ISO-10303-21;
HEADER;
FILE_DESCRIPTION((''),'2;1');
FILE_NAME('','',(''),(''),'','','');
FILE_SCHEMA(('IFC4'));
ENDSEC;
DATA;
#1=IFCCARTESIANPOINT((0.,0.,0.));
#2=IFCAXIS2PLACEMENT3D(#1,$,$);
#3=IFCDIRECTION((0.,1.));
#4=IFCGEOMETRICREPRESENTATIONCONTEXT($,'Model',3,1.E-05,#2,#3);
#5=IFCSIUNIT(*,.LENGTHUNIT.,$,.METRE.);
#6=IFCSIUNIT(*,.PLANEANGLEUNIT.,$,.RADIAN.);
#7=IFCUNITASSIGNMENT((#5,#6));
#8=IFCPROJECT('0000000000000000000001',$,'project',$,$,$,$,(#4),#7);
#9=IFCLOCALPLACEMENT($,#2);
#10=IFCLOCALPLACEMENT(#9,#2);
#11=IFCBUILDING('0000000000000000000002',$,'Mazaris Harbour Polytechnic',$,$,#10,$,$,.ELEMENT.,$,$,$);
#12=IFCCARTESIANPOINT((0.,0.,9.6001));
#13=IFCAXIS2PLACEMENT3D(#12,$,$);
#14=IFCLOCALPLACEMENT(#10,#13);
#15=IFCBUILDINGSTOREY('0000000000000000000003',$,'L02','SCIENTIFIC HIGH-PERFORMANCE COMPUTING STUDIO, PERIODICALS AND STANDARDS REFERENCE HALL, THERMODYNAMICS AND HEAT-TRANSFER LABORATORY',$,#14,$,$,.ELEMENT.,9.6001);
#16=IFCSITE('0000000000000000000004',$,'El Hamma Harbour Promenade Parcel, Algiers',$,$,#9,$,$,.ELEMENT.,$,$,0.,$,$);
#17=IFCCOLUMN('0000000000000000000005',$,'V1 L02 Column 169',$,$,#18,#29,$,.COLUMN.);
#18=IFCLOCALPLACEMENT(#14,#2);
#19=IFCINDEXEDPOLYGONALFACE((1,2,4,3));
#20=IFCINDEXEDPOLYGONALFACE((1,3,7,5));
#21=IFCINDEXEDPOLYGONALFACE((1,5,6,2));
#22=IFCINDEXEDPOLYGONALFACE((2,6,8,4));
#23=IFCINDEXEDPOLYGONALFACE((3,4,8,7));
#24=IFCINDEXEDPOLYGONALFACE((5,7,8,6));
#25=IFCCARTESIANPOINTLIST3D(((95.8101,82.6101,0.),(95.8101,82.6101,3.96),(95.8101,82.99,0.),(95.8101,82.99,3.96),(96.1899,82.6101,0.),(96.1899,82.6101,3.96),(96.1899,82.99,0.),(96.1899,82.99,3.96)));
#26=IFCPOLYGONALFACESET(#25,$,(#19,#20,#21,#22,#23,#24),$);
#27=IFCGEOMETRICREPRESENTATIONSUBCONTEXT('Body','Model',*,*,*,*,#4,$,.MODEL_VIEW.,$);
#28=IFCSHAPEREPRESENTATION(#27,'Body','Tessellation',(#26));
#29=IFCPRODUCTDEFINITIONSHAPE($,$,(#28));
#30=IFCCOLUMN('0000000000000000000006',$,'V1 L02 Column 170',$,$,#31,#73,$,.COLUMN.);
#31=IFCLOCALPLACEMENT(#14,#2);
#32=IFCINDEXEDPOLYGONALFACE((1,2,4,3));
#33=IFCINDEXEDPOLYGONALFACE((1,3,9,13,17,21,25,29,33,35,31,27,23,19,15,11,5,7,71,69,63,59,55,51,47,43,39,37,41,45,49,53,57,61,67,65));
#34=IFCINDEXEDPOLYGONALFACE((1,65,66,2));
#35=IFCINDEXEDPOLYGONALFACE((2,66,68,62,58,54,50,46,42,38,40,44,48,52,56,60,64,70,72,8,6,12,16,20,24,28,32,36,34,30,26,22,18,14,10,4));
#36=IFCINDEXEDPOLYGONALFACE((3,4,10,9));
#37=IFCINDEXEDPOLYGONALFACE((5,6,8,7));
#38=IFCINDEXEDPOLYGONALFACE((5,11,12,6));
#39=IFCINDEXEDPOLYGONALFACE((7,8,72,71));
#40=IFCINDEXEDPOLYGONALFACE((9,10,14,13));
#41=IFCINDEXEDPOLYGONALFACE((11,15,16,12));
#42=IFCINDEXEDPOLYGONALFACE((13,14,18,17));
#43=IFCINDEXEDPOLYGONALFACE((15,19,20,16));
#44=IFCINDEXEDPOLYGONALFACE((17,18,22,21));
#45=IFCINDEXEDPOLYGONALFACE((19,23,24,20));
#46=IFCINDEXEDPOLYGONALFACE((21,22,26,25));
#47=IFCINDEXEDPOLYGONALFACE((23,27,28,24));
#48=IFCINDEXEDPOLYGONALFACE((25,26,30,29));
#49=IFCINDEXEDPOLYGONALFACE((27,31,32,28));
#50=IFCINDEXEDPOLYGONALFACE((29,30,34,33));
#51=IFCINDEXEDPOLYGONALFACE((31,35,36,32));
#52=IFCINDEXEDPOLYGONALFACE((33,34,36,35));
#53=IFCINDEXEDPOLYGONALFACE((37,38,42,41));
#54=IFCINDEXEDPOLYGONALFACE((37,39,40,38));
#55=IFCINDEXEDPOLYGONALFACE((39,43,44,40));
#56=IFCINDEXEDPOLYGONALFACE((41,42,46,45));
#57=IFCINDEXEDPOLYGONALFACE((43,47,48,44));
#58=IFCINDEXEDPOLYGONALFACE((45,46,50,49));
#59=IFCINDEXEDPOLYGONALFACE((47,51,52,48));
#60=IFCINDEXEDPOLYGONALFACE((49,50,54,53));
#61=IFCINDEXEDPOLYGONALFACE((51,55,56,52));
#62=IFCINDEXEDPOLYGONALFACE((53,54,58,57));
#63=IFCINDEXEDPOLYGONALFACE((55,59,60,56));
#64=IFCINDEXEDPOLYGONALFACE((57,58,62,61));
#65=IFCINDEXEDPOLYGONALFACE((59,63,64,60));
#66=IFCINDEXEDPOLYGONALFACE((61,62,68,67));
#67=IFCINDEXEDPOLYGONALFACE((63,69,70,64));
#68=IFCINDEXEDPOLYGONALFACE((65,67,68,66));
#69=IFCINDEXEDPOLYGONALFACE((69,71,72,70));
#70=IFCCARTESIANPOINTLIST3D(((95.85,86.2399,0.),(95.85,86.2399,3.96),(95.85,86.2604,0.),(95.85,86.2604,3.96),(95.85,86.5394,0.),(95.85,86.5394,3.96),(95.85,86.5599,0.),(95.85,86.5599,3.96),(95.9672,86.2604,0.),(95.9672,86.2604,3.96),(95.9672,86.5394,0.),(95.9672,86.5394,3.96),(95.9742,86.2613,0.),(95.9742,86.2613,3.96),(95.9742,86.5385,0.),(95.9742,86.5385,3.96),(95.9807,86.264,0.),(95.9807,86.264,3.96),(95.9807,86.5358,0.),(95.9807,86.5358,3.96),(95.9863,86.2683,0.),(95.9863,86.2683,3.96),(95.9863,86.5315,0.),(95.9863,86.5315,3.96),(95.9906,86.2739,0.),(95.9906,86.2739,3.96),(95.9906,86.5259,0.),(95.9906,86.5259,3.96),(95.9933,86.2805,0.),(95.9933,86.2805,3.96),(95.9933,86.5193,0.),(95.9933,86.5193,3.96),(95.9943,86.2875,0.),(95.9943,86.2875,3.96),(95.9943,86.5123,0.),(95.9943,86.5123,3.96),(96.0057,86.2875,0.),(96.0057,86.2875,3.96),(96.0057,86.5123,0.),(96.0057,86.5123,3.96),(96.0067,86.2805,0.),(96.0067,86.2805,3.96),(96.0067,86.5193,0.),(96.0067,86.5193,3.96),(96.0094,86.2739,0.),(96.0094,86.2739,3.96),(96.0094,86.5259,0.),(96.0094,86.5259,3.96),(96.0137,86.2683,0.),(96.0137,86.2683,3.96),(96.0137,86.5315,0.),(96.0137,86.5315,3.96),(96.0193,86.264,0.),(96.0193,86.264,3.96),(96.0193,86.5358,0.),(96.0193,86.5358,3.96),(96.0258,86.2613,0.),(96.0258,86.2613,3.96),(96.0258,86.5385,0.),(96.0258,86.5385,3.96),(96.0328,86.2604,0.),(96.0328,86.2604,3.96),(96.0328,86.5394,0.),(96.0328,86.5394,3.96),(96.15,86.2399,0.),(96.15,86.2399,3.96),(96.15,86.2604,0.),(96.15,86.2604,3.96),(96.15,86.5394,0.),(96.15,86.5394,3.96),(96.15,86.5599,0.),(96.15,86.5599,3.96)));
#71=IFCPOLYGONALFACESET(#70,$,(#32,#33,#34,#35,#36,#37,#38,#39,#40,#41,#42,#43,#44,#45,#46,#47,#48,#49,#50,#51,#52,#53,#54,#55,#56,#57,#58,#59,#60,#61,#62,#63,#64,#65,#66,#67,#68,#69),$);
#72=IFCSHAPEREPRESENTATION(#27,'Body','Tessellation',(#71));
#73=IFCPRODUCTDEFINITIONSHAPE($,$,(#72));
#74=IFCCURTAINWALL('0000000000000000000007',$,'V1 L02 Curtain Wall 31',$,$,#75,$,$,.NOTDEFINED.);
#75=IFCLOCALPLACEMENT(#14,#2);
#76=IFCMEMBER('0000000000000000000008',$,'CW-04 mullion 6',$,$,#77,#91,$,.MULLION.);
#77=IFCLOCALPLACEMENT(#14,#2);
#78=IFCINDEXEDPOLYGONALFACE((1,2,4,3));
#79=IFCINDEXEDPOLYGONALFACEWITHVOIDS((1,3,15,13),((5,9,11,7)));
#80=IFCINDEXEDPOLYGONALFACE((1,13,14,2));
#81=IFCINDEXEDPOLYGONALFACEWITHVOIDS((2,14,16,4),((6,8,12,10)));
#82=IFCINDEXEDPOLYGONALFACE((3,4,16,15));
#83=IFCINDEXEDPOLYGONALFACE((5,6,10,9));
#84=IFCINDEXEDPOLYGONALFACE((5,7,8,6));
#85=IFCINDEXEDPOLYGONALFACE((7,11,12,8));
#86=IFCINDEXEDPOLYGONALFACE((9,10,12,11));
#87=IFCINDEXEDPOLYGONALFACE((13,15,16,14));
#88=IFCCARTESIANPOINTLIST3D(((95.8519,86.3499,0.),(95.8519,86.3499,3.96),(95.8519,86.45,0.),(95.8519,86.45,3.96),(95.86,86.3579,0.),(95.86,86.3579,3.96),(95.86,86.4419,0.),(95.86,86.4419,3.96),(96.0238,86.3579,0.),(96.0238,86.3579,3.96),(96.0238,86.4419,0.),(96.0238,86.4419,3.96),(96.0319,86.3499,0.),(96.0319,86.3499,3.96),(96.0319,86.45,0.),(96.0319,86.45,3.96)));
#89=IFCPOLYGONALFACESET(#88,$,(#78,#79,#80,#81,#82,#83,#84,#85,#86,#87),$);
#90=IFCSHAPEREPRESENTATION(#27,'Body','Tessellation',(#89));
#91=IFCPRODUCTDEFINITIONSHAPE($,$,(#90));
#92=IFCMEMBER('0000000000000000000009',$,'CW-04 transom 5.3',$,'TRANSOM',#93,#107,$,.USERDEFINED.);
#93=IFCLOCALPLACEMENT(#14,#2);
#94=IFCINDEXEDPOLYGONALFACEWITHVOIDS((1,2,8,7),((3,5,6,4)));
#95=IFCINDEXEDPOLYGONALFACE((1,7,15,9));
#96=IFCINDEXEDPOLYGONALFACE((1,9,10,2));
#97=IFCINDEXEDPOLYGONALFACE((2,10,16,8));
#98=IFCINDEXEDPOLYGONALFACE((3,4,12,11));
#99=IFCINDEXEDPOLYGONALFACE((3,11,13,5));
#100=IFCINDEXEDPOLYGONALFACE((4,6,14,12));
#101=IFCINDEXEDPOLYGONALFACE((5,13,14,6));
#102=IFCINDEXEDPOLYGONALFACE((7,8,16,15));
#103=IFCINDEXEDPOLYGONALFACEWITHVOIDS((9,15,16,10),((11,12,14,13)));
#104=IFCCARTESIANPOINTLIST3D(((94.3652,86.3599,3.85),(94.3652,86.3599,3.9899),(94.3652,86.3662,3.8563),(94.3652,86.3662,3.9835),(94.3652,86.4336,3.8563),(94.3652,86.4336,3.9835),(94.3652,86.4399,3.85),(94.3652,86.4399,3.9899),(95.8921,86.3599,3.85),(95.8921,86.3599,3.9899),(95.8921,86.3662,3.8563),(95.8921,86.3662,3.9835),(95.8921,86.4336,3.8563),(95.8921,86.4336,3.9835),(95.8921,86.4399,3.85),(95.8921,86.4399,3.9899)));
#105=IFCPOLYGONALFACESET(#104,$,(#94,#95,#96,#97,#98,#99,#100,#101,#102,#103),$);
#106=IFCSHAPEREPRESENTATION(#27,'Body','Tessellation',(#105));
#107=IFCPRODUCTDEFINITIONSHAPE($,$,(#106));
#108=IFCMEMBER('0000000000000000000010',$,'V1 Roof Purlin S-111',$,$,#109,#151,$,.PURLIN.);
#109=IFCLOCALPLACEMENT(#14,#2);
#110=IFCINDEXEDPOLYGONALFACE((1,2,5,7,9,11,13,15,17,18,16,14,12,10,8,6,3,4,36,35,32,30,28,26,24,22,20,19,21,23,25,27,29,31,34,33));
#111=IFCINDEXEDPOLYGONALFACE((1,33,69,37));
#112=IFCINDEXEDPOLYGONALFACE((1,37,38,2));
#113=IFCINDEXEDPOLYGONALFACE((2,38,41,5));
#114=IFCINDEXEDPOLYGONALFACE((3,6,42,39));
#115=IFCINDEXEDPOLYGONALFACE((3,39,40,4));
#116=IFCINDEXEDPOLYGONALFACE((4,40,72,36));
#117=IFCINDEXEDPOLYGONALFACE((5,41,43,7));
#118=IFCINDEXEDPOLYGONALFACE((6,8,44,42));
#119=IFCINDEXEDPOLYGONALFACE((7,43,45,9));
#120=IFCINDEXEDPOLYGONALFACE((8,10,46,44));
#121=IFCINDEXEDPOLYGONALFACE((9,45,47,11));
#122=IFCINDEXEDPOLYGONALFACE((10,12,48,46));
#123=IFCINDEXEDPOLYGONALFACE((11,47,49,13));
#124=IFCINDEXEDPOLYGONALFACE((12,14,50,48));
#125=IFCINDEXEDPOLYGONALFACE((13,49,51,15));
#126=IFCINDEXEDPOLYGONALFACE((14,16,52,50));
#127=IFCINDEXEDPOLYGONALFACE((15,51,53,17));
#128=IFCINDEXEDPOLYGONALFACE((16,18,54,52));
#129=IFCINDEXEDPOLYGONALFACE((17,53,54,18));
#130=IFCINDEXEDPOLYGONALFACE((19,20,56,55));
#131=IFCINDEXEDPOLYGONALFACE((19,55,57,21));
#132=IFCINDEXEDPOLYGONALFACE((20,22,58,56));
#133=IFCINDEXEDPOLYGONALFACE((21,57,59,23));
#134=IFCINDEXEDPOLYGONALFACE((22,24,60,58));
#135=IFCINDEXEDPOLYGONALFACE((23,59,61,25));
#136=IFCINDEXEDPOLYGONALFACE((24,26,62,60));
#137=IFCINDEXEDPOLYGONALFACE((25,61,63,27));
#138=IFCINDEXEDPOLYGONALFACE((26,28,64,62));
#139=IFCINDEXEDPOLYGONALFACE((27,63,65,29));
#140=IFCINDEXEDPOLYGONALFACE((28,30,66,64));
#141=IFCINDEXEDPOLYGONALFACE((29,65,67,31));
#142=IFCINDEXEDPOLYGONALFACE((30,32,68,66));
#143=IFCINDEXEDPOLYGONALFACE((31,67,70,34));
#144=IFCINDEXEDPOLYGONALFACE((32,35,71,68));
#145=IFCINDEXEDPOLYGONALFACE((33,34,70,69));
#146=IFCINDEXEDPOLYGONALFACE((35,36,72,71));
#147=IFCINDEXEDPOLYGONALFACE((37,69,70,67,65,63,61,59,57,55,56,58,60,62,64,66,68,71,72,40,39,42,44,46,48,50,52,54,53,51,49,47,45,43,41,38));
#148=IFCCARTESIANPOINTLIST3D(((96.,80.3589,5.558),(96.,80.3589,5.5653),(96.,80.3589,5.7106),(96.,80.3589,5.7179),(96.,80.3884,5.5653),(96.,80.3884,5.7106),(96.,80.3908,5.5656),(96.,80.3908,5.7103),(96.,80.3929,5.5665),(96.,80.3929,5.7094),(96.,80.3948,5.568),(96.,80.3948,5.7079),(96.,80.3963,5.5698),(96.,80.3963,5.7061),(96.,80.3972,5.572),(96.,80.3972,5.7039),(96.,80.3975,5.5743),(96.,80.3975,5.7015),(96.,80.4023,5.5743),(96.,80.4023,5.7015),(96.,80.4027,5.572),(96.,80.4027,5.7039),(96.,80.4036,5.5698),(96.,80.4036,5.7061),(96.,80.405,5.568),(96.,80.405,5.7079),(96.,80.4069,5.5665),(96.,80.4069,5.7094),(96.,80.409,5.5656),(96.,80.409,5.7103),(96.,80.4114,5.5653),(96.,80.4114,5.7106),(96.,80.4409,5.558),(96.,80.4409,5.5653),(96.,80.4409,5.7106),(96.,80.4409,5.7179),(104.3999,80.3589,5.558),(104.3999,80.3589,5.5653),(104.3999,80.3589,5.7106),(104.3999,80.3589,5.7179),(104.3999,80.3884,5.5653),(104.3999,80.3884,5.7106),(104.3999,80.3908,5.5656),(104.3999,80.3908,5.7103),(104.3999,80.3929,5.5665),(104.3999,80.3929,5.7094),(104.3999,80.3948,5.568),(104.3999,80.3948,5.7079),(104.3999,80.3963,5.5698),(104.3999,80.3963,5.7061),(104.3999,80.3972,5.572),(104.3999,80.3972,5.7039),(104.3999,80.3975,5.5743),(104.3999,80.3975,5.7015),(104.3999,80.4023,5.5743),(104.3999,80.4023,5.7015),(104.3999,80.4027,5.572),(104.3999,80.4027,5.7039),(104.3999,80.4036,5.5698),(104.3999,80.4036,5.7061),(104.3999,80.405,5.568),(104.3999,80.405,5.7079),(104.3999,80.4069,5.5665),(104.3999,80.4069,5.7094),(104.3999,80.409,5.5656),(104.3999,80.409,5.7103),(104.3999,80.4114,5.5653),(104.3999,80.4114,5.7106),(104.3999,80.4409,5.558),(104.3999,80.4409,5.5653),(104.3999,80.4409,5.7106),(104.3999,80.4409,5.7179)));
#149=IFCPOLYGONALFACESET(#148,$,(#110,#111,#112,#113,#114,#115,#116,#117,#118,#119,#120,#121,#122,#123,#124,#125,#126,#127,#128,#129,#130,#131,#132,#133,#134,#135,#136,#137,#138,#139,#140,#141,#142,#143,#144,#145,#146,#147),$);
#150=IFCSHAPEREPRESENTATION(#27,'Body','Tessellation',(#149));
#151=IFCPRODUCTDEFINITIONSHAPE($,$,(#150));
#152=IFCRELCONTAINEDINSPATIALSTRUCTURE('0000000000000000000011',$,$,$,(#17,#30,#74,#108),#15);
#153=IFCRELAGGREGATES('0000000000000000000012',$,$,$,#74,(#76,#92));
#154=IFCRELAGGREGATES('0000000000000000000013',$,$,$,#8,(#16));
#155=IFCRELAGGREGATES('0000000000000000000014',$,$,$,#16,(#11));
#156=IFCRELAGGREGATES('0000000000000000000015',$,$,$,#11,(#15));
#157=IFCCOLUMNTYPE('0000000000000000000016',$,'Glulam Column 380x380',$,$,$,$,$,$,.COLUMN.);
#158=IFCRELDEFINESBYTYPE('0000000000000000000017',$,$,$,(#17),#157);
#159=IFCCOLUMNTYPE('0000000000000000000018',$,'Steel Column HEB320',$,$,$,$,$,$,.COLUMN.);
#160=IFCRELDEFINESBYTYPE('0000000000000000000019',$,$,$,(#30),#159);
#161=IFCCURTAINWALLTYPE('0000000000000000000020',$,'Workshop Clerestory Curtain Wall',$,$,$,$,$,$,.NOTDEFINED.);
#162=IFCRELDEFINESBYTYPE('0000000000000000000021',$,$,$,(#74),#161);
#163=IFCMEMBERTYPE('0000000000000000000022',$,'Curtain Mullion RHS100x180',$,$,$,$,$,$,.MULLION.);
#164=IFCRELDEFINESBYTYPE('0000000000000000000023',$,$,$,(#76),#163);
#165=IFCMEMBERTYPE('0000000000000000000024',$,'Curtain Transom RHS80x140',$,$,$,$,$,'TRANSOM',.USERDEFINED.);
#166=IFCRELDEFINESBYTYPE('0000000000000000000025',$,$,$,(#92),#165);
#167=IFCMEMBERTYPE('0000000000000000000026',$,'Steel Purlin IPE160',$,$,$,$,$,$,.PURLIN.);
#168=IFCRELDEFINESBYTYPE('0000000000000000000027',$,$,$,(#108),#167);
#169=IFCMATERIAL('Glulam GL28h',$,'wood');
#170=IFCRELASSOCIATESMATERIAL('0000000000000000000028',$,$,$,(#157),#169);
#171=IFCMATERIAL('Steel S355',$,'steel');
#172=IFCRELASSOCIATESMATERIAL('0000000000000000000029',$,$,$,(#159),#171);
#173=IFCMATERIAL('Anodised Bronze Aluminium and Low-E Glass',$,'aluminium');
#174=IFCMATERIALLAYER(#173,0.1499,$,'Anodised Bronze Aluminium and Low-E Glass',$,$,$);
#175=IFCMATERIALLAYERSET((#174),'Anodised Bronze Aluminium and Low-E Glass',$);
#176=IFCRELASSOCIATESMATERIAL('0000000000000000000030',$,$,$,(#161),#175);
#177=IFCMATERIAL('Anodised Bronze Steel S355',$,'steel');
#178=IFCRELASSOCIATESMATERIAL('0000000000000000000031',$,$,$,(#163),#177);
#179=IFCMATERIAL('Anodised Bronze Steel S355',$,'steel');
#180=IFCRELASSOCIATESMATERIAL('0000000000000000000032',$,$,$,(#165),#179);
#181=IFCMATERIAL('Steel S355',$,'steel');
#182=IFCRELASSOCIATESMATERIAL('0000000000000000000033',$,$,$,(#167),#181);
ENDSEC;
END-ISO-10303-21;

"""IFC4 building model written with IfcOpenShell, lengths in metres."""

from ifc_helpers import new_model, si_unit, direction, frame, origin, origin_2d, place, context, subcontext, project, spatial, rectangle, hollow_rectangle, i_section, extrude, material, layer, layer_set, material_profile, profile_set, type_object, element, aggregate, save


model = new_model("IFC4")

# Units and contexts
model_context = context("Model", 3, precision=1e-05, world=origin(), true_north=direction((0.0, 1.0)))
body_context = subcontext(model_context, "Body", "Model", "MODEL_VIEW")
ifc_project = project(units=[si_unit("LENGTHUNIT", "METRE"), si_unit("PLANEANGLEUNIT", "RADIAN")], contexts=[model_context])

# Site, building, storey
site_placement = place(None, origin())
site = spatial("IfcSite", under=ifc_project, at=site_placement, Name="El Hamma Harbour Promenade Parcel, Algiers", CompositionType="ELEMENT", RefElevation=0.0)
building_placement = place(site_placement, origin())
building = spatial("IfcBuilding", under=site, at=building_placement, Name="Mazaris Harbour Polytechnic", CompositionType="ELEMENT")
storey_placement = place(building_placement, frame((0.0, 0.0, 9.6001)))
storey = spatial("IfcBuildingStorey", under=building, at=storey_placement, Name="L02", Description="SCIENTIFIC HIGH-PERFORMANCE COMPUTING STUDIO, PERIODICALS AND STANDARDS REFERENCE HALL, THERMODYNAMICS AND HEAT-TRANSFER LABORATORY", CompositionType="ELEMENT", Elevation=9.6001)

# Columns
ifc_material_1 = material(Name="Glulam GL28h", Category="wood")
ifc_material_profile_1 = material_profile(ifc_material_1, rectangle(XDim=0.3799, YDim=0.3799, at=origin_2d()), Name="RECT380x380")
ifc_profile_set_1 = profile_set([ifc_material_profile_1], Name="Glulam GL28h")
column_type_1 = type_object("IfcColumnType", Name="Glulam Column 380x380", PredefinedType="COLUMN", material=ifc_profile_set_1)
column_1_placement = place(storey_placement, frame((96.0, 82.8, 0.0), z_axis=(0.0, 0.0, 1.0), x_axis=(1.0, 0.0, 0.0)))
element("IfcColumn", 1, at=column_1_placement, inside=storey, type_object=column_type_1, Name="V1 L02 Column 169", PredefinedType="COLUMN", context=body_context, shape_type="SweptSolid", body=[
    extrude(rectangle(XDim=0.3799, YDim=0.3799, at=origin_2d()), origin(), (0.0, 0.0, 1.0), 3.96),
])
ifc_material_2 = material(Name="Steel S355", Category="steel")
ifc_material_profile_2 = material_profile(ifc_material_2, i_section(OverallWidth=0.3, OverallDepth=0.3201, WebThickness=0.0115, FlangeThickness=0.0205, FilletRadius=0.0271, at=origin_2d()), Name="HEB 320")
ifc_profile_set_2 = profile_set([ifc_material_profile_2], Name="Steel S355")
column_type_2 = type_object("IfcColumnType", Name="Steel Column HEB320", PredefinedType="COLUMN", material=ifc_profile_set_2)
column_2_placement = place(storey_placement, frame((96.0, 86.3999, 0.0), z_axis=(0.0, 0.0, 1.0), x_axis=(1.0, 0.0, 0.0)))
element("IfcColumn", 2, at=column_2_placement, inside=storey, type_object=column_type_2, Name="V1 L02 Column 170", PredefinedType="COLUMN", context=body_context, shape_type="SweptSolid", body=[
    extrude(i_section(OverallWidth=0.3, OverallDepth=0.3201, WebThickness=0.0115, FlangeThickness=0.0205, FilletRadius=0.0271, at=origin_2d()), origin(), (0.0, 0.0, 1.0), 3.96),
])

# Curtain wall, members
ifc_material_3 = material(Name="Anodised Bronze Aluminium and Low-E Glass", Category="aluminium")
ifc_layer_1 = layer(ifc_material_3, 0.1499, Name="Anodised Bronze Aluminium and Low-E Glass")
ifc_layer_set_1 = layer_set([ifc_layer_1], Name="Anodised Bronze Aluminium and Low-E Glass")
curtain_wall_type = type_object("IfcCurtainWallType", Name="Workshop Clerestory Curtain Wall", PredefinedType="NOTDEFINED", material=ifc_layer_set_1)
curtain_wall_placement = place(storey_placement, origin())
curtain_wall = element("IfcCurtainWall", 3, at=curtain_wall_placement, inside=storey, type_object=curtain_wall_type, Name="V1 L02 Curtain Wall 31", PredefinedType="NOTDEFINED")
ifc_material_4 = material(Name="Anodised Bronze Steel S355", Category="steel")
ifc_material_profile_3 = material_profile(ifc_material_4, hollow_rectangle(XDim=0.1001, YDim=0.1799, WallThickness=0.0081, at=origin_2d()), Name="RHS 100x180x8.0")
ifc_profile_set_3 = profile_set([ifc_material_profile_3], Name="Anodised Bronze Steel S355")
member_type_1 = type_object("IfcMemberType", Name="Curtain Mullion RHS100x180", PredefinedType="MULLION", material=ifc_profile_set_3)
member_1_placement = place(storey_placement, frame((95.9419, 86.3999, 0.0), z_axis=(0.0, 0.0, 1.0), x_axis=(0.0, 1.0, 0.0)))
member_1 = element("IfcMember", 4, at=member_1_placement, type_object=member_type_1, Name="CW-04 mullion 6", PredefinedType="MULLION", context=body_context, shape_type="SweptSolid", body=[
    extrude(hollow_rectangle(XDim=0.1001, YDim=0.1799, WallThickness=0.0081, at=origin_2d()), origin(), (0.0, 0.0, 1.0), 3.96),
])
ifc_material_5 = material(Name="Anodised Bronze Steel S355", Category="steel")
ifc_material_profile_4 = material_profile(ifc_material_5, hollow_rectangle(XDim=0.0801, YDim=0.1399, WallThickness=0.0063, at=origin_2d()), Name="RHS 80x140x6.3")
ifc_profile_set_4 = profile_set([ifc_material_profile_4], Name="Anodised Bronze Steel S355")
member_type_2 = type_object("IfcMemberType", Name="Curtain Transom RHS80x140", ElementType="TRANSOM", PredefinedType="USERDEFINED", material=ifc_profile_set_4)
member_2_placement = place(storey_placement, frame((94.3652, 86.3999, 3.9199), z_axis=(1.0, 0.0, 0.0), x_axis=(0.0, 1.0, 0.0)))
member_2 = element("IfcMember", 5, at=member_2_placement, type_object=member_type_2, Name="CW-04 transom 5.3", ObjectType="TRANSOM", PredefinedType="USERDEFINED", context=body_context, shape_type="SweptSolid", body=[
    extrude(hollow_rectangle(XDim=0.0801, YDim=0.1399, WallThickness=0.0063, at=origin_2d()), origin(), (0.0, 0.0, 1.0), 1.5269),
])

# Member
ifc_material_6 = material(Name="Steel S355", Category="steel")
ifc_material_profile_5 = material_profile(ifc_material_6, i_section(OverallWidth=0.082, OverallDepth=0.1599, WebThickness=0.0049, FlangeThickness=0.0073, FilletRadius=0.009, at=origin_2d()), Name="IPE 160")
ifc_profile_set_5 = profile_set([ifc_material_profile_5], Name="Steel S355")
member_type_3 = type_object("IfcMemberType", Name="Steel Purlin IPE160", PredefinedType="PURLIN", material=ifc_profile_set_5)
member_3_placement = place(storey_placement, frame((96.0, 80.3999, 5.6379), z_axis=(1.0, 0.0, 0.0), x_axis=(0.0, 1.0, 0.0)))
element("IfcMember", 6, at=member_3_placement, inside=storey, type_object=member_type_3, Name="V1 Roof Purlin S-111", PredefinedType="PURLIN", context=body_context, shape_type="SweptSolid", body=[
    extrude(i_section(OverallWidth=0.082, OverallDepth=0.1599, WebThickness=0.0049, FlangeThickness=0.0073, FilletRadius=0.009, at=origin_2d()), origin(), (0.0, 0.0, 1.0), 8.3999),
])

aggregate(curtain_wall, [member_1, member_2])

save(model, "model.ifc")
